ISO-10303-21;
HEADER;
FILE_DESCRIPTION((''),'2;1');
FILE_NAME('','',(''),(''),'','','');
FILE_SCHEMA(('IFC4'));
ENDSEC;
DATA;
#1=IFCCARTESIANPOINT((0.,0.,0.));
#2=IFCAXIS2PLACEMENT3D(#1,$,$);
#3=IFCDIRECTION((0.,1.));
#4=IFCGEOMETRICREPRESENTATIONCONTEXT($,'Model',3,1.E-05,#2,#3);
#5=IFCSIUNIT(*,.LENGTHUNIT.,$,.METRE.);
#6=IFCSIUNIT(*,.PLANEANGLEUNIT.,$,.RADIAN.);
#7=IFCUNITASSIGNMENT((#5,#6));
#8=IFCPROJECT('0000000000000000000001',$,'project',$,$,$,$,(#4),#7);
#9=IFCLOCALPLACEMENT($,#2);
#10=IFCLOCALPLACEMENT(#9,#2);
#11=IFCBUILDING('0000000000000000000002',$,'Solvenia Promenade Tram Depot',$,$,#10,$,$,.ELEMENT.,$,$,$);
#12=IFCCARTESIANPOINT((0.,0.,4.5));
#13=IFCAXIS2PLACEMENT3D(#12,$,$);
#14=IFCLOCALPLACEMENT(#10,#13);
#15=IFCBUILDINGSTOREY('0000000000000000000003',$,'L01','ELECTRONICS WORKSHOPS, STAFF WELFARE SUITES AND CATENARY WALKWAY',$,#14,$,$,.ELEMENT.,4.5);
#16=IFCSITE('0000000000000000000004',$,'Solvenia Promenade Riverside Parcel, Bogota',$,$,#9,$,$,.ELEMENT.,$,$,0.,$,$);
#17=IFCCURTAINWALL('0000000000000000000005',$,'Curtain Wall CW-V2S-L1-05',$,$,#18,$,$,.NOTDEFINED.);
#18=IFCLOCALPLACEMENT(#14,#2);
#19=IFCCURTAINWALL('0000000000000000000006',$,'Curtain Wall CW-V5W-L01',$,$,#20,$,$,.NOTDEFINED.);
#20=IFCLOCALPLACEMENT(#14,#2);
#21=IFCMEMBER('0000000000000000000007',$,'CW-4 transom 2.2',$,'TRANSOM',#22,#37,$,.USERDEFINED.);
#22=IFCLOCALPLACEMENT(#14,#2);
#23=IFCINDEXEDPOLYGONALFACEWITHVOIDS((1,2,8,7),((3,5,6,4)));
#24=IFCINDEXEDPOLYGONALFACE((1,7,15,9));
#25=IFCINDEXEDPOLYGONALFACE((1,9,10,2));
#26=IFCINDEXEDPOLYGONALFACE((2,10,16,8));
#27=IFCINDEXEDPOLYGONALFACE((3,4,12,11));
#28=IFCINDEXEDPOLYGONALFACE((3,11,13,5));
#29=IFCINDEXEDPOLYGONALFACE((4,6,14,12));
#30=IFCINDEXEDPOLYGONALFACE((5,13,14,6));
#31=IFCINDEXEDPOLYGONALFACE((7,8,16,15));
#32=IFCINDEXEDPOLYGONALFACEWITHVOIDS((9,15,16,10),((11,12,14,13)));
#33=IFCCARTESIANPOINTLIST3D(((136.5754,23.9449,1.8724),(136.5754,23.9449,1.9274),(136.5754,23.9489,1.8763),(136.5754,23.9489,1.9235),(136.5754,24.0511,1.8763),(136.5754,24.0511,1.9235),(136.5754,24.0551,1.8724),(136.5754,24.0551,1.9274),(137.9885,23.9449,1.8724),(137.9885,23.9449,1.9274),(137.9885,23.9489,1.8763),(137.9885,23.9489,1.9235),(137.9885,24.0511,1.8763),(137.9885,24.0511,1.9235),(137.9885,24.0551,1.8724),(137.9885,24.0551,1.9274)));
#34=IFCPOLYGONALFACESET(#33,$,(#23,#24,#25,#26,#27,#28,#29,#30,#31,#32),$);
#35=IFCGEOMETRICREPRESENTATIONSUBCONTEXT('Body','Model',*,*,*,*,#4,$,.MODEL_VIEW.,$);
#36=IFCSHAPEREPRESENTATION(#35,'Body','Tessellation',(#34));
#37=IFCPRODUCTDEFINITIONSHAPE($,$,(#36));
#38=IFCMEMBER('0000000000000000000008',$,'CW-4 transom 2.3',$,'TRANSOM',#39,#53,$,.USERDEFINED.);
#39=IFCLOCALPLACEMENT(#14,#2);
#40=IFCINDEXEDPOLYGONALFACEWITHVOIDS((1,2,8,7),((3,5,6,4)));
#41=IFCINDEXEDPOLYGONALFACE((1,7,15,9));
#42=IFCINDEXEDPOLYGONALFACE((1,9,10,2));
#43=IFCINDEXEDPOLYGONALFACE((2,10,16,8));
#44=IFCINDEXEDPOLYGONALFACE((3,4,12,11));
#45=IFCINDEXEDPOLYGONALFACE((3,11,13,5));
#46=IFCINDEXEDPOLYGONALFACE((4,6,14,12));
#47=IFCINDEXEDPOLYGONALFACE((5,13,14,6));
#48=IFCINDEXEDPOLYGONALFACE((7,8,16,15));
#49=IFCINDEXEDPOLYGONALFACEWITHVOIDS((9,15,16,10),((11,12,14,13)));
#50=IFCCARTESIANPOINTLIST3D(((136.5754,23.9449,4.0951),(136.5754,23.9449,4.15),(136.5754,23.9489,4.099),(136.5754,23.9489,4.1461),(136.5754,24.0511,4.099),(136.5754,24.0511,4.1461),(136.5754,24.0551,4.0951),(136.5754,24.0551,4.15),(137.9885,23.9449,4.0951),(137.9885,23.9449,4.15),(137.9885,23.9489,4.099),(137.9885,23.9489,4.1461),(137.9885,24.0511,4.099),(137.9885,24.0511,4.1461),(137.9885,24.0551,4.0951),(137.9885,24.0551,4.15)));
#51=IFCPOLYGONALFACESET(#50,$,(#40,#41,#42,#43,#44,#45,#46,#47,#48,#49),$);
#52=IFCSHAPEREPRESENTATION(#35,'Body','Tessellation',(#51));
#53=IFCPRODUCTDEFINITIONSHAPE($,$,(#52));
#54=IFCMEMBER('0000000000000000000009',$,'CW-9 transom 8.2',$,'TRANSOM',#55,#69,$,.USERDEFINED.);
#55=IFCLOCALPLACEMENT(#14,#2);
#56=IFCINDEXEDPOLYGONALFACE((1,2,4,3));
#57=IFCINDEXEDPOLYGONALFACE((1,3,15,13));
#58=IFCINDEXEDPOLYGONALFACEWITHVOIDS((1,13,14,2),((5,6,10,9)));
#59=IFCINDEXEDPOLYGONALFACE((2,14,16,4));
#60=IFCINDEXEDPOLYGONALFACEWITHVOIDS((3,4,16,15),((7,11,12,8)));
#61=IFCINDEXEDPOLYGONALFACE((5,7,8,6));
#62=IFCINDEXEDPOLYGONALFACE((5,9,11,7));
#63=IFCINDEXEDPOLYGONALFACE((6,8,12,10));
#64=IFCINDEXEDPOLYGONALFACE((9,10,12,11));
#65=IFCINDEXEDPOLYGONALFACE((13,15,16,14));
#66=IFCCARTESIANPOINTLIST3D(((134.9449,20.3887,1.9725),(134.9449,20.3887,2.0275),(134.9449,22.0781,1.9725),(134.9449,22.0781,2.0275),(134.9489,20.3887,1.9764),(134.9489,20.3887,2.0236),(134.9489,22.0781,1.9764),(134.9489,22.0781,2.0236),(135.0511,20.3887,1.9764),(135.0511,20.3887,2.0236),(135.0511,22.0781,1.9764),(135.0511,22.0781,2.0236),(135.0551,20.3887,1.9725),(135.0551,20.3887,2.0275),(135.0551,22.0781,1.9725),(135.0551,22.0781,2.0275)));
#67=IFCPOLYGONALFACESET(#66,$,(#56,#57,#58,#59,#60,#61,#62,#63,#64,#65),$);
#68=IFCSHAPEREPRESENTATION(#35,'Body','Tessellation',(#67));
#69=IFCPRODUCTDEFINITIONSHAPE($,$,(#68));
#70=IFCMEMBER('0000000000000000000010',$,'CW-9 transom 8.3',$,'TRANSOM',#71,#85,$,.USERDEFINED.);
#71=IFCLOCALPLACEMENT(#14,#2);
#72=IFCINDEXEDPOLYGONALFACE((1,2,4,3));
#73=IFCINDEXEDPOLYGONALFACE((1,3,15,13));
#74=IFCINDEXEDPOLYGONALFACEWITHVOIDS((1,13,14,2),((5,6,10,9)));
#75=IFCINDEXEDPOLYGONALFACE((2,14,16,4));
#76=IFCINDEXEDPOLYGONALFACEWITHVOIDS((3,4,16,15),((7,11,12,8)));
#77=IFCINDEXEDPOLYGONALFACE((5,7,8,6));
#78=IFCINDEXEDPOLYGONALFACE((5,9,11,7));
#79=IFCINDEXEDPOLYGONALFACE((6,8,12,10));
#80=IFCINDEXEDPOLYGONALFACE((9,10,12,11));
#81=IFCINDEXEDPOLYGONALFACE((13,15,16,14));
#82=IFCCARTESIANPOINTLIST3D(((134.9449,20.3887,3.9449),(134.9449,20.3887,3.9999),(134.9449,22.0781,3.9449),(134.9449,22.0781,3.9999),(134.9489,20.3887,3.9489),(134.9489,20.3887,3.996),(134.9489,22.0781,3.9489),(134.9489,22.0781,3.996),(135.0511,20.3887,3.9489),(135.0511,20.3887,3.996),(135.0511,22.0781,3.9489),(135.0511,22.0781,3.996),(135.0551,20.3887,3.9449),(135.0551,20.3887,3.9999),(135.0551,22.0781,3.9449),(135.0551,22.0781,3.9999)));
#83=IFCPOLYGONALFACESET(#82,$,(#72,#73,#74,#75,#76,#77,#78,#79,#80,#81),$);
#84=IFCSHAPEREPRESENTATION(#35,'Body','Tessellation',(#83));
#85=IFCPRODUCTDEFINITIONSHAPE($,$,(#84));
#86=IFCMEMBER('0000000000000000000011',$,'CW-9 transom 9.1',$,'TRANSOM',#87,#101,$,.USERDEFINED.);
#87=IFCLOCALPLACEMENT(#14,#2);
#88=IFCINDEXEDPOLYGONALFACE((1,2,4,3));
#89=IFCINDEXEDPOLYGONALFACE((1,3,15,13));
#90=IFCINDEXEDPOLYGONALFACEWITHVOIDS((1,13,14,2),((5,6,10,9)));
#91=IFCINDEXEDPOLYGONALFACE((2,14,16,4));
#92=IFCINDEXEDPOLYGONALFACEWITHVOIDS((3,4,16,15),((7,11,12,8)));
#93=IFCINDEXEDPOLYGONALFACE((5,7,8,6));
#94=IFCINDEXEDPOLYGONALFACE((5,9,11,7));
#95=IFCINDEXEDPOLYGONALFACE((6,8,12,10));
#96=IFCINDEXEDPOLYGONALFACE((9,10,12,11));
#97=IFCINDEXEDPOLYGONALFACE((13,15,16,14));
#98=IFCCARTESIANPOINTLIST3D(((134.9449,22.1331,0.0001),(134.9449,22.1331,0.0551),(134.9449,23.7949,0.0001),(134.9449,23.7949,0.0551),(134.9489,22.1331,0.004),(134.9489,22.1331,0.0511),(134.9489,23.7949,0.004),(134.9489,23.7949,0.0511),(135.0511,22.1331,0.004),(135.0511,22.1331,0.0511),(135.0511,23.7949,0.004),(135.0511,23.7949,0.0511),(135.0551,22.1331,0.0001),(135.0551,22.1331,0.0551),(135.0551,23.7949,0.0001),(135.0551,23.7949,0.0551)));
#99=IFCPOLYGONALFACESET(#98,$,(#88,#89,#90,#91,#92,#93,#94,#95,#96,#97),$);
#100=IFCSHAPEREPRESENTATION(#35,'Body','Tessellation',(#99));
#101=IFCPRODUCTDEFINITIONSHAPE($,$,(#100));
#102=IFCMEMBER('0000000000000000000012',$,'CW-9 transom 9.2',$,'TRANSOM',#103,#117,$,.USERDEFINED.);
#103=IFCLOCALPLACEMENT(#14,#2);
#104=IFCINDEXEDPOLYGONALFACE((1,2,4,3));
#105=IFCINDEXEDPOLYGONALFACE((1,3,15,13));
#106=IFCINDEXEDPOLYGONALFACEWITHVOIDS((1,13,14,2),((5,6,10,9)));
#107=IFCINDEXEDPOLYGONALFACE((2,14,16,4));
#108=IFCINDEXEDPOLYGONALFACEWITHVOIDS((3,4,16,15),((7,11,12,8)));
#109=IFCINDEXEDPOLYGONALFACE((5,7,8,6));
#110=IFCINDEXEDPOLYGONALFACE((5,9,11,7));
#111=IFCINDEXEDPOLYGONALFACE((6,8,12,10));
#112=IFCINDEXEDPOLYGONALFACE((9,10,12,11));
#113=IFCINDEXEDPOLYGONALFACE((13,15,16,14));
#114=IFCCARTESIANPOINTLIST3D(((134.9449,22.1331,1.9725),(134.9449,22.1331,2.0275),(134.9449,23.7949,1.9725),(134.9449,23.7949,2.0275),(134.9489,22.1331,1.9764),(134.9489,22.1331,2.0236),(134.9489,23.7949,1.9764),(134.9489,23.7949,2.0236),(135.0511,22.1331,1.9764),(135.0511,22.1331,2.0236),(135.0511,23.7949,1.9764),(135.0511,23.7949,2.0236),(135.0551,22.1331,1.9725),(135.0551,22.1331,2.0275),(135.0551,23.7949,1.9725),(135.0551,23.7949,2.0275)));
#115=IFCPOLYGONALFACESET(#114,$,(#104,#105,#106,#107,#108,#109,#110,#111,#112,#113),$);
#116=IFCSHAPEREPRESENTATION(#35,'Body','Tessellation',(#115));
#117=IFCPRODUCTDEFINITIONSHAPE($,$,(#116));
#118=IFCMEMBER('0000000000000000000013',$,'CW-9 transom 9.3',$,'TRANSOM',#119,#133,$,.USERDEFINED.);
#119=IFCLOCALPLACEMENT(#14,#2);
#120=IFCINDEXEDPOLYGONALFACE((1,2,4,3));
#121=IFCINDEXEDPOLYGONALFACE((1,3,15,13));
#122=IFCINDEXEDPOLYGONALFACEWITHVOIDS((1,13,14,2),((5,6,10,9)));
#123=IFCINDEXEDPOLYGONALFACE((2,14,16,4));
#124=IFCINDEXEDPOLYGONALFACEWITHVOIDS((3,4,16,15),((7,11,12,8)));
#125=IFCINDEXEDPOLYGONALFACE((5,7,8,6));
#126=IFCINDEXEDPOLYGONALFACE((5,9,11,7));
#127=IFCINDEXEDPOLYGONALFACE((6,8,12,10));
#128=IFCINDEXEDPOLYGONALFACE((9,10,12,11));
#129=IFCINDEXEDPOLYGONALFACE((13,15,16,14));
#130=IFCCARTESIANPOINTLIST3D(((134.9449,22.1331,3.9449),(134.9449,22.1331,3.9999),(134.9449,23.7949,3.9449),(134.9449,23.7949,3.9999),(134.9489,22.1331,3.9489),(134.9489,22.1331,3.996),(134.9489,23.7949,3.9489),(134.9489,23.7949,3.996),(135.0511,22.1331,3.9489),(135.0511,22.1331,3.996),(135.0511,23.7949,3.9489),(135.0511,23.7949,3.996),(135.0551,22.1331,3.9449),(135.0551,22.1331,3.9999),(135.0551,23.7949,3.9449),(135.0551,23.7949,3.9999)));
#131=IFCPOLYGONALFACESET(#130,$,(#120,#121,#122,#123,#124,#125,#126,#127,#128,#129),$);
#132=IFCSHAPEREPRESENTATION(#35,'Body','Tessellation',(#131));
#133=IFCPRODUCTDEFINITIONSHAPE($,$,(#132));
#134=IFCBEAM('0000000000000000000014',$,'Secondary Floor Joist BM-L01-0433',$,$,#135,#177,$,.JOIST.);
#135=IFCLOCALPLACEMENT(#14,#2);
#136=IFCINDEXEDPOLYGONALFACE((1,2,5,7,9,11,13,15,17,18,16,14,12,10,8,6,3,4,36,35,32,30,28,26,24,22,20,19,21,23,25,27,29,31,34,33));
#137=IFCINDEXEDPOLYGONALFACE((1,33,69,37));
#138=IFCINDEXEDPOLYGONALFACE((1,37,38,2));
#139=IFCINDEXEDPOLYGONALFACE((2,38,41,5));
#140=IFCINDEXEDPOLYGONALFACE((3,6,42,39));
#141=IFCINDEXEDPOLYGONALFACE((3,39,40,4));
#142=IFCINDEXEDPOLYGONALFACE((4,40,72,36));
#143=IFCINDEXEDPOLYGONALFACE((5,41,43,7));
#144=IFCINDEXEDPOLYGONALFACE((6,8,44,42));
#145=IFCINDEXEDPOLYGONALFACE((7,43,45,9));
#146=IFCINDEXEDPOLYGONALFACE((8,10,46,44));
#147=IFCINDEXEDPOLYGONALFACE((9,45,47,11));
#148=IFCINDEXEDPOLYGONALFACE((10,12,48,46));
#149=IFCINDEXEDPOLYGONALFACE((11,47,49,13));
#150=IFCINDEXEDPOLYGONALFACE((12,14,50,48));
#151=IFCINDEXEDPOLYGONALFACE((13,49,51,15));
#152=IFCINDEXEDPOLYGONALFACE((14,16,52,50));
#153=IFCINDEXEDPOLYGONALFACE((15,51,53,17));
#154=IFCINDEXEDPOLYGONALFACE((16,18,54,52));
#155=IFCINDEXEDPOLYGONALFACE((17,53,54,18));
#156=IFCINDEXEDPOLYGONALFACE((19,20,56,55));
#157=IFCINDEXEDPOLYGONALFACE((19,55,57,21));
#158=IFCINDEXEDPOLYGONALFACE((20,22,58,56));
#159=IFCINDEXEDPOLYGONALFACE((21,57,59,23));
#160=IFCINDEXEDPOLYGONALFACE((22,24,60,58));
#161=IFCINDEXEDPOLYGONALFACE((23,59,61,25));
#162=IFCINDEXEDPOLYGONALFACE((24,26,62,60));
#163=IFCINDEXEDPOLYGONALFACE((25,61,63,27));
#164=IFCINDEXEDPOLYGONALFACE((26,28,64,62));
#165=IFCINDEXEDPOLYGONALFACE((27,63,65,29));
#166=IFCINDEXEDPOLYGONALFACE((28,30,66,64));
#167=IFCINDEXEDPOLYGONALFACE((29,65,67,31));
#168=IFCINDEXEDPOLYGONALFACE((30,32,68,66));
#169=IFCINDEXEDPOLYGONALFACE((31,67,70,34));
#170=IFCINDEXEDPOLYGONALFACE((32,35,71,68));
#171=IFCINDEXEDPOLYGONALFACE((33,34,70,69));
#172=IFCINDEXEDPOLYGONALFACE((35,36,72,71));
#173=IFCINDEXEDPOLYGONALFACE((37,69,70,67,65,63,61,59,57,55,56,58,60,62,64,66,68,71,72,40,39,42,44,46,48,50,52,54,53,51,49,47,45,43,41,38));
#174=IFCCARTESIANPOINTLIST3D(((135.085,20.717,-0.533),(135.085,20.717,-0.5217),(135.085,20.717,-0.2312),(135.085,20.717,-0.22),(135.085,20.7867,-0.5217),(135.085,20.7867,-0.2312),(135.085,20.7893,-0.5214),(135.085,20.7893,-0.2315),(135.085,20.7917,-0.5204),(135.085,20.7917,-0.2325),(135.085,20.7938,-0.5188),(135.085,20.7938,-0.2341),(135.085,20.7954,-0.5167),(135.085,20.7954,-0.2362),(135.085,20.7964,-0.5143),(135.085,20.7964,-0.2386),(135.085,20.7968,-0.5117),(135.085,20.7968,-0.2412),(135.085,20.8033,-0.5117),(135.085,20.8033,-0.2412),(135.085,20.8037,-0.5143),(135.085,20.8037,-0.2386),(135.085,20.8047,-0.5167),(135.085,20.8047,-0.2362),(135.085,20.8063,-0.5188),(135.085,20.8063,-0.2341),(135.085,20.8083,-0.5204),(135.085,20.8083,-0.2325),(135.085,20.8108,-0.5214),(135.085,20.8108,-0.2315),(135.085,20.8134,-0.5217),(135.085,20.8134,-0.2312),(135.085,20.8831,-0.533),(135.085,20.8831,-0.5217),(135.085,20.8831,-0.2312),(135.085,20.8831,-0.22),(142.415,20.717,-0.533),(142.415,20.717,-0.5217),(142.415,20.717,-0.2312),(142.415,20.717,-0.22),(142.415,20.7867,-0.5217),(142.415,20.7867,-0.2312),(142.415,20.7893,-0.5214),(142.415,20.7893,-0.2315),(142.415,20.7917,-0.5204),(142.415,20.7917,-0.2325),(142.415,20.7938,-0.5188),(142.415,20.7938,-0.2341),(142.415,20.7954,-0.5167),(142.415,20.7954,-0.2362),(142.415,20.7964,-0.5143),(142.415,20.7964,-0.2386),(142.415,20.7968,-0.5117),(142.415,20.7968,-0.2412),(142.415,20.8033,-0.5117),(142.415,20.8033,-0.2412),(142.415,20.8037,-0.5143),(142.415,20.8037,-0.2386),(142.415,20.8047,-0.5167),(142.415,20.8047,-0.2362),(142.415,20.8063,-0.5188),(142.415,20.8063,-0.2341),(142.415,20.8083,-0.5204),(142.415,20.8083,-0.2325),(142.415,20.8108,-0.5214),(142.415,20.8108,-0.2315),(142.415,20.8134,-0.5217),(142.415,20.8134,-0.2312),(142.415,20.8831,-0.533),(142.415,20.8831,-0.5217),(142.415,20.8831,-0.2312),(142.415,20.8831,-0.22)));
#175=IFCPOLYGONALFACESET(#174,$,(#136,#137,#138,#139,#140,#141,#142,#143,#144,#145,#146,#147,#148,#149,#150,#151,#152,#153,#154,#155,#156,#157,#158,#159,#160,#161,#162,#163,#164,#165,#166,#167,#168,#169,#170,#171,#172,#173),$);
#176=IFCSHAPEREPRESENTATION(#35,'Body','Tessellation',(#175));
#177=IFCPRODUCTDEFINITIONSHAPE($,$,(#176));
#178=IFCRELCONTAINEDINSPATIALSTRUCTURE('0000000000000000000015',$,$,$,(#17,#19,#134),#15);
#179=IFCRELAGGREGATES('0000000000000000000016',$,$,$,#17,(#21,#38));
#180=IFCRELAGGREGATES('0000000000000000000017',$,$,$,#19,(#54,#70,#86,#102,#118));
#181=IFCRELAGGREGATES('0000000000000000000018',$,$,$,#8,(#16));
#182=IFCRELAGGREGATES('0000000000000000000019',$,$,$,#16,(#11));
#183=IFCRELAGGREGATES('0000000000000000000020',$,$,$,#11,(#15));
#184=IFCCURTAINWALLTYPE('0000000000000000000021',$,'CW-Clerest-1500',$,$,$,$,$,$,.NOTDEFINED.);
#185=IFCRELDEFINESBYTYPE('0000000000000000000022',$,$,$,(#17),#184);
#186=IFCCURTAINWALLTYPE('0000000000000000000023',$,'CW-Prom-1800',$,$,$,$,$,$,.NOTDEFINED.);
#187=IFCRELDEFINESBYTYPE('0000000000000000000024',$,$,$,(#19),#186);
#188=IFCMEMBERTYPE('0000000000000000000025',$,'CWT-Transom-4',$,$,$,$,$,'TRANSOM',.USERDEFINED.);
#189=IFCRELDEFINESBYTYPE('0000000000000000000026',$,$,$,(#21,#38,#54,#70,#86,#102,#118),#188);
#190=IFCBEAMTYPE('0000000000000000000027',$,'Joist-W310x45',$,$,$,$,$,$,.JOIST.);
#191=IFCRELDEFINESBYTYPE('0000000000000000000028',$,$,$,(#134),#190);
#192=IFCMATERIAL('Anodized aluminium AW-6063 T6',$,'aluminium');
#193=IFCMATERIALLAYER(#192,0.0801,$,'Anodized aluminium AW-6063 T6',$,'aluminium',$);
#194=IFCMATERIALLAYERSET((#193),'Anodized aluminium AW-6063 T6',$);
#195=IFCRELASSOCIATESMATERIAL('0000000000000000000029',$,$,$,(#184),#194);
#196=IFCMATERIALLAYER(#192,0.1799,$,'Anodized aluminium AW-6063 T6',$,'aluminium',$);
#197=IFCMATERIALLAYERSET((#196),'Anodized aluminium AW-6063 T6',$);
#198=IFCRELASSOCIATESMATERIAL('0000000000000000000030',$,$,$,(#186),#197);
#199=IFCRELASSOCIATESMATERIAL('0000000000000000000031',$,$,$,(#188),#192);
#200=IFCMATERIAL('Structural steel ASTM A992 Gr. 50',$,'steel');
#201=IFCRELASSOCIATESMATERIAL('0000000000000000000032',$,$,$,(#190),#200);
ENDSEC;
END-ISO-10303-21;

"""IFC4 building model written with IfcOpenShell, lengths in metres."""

from ifc_helpers import new_model, si_unit, direction, frame, origin, origin_2d, place, context, subcontext, project, spatial, hollow_rectangle, i_section, extrude, material, layer, layer_set, material_profile, profile_set, type_object, element, aggregate, save


model = new_model("IFC4")

# Units and contexts
model_context = context("Model", 3, precision=1e-05, world=origin(), true_north=direction((0.0, 1.0)))
body_context = subcontext(model_context, "Body", "Model", "MODEL_VIEW")
ifc_project = project(units=[si_unit("LENGTHUNIT", "METRE"), si_unit("PLANEANGLEUNIT", "RADIAN")], contexts=[model_context])

# Site, building, storey
site_placement = place(None, origin())
site = spatial("IfcSite", under=ifc_project, at=site_placement, Name="Solvenia Promenade Riverside Parcel, Bogota", CompositionType="ELEMENT", RefElevation=0.0)
building_placement = place(site_placement, origin())
building = spatial("IfcBuilding", under=site, at=building_placement, Name="Solvenia Promenade Tram Depot", CompositionType="ELEMENT")
storey_placement = place(building_placement, frame((0.0, 0.0, 4.5)))
storey = spatial("IfcBuildingStorey", under=building, at=storey_placement, Name="L01", Description="ELECTRONICS WORKSHOPS, STAFF WELFARE SUITES AND CATENARY WALKWAY", CompositionType="ELEMENT", Elevation=4.5)

# Shared definitions
ifc_material_1 = material(Name="Structural steel ASTM A992 Gr. 50", Category="steel")

# Curtain walls
ifc_material_2 = material(Name="Anodized aluminium AW-6063 T6", Category="aluminium")
ifc_layer_1 = layer(ifc_material_2, 0.0801, Name="Anodized aluminium AW-6063 T6", Category="aluminium")
ifc_layer_set_1 = layer_set([ifc_layer_1], Name="Anodized aluminium AW-6063 T6")
curtain_wall_type_1 = type_object("IfcCurtainWallType", Name="CW-Clerest-1500", PredefinedType="NOTDEFINED", material=ifc_layer_set_1)
curtain_wall_1_placement = place(storey_placement, origin())
curtain_wall_1 = element("IfcCurtainWall", 1, at=curtain_wall_1_placement, inside=storey, type_object=curtain_wall_type_1, Name="Curtain Wall CW-V2S-L1-05", PredefinedType="NOTDEFINED")
ifc_layer_2 = layer(ifc_material_2, 0.1799, Name="Anodized aluminium AW-6063 T6", Category="aluminium")
ifc_layer_set_2 = layer_set([ifc_layer_2], Name="Anodized aluminium AW-6063 T6")
curtain_wall_type_2 = type_object("IfcCurtainWallType", Name="CW-Prom-1800", PredefinedType="NOTDEFINED", material=ifc_layer_set_2)
curtain_wall_2_placement = place(storey_placement, origin())
curtain_wall_2 = element("IfcCurtainWall", 2, at=curtain_wall_2_placement, inside=storey, type_object=curtain_wall_type_2, Name="Curtain Wall CW-V5W-L01", PredefinedType="NOTDEFINED")

# Members
ifc_material_profile_1 = material_profile(ifc_material_2, hollow_rectangle(XDim=0.1101, YDim=0.0549, WallThickness=0.0039, at=origin_2d()), Name="ALU-T4", Category="aluminium")
ifc_profile_set_1 = profile_set([ifc_material_profile_1], Name="Anodized aluminium AW-6063 T6")
member_type_1 = type_object("IfcMemberType", Name="CWT-Transom-4", ElementType="TRANSOM", PredefinedType="USERDEFINED", material=ifc_profile_set_1)
member_1_placement = place(storey_placement, frame((136.5754, 24.0, 1.8999), z_axis=(1.0, 0.0, 0.0), x_axis=(0.0, 1.0, 0.0)))
member_1 = element("IfcMember", 3, at=member_1_placement, type_object=member_type_1, Name="CW-4 transom 2.2", ObjectType="TRANSOM", PredefinedType="USERDEFINED", context=body_context, shape_type="SweptSolid", body=[
    extrude(hollow_rectangle(XDim=0.1101, YDim=0.0549, WallThickness=0.0039, at=origin_2d()), origin(), (0.0, 0.0, 1.0), 1.4131),
])
member_2_placement = place(storey_placement, frame((136.5754, 24.0, 4.1226), z_axis=(1.0, 0.0, 0.0), x_axis=(0.0, 1.0, 0.0)))
member_2 = element("IfcMember", 4, at=member_2_placement, type_object=member_type_1, Name="CW-4 transom 2.3", ObjectType="TRANSOM", PredefinedType="USERDEFINED", context=body_context, shape_type="SweptSolid", body=[
    extrude(hollow_rectangle(XDim=0.1101, YDim=0.0549, WallThickness=0.0039, at=origin_2d()), origin(), (0.0, 0.0, 1.0), 1.4131),
])
member_3_placement = place(storey_placement, frame((135.0, 20.3887, 2.0), z_axis=(0.0, 1.0, 0.0), x_axis=(-1.0, 0.0, 0.0)))
member_3 = element("IfcMember", 5, at=member_3_placement, type_object=member_type_1, Name="CW-9 transom 8.2", ObjectType="TRANSOM", PredefinedType="USERDEFINED", context=body_context, shape_type="SweptSolid", body=[
    extrude(hollow_rectangle(XDim=0.1101, YDim=0.0549, WallThickness=0.0039, at=origin_2d()), origin(), (0.0, 0.0, 1.0), 1.6895),
])
member_4_placement = place(storey_placement, frame((135.0, 20.3887, 3.9724), z_axis=(0.0, 1.0, 0.0), x_axis=(-1.0, 0.0, 0.0)))
member_4 = element("IfcMember", 6, at=member_4_placement, type_object=member_type_1, Name="CW-9 transom 8.3", ObjectType="TRANSOM", PredefinedType="USERDEFINED", context=body_context, shape_type="SweptSolid", body=[
    extrude(hollow_rectangle(XDim=0.1101, YDim=0.0549, WallThickness=0.0039, at=origin_2d()), origin(), (0.0, 0.0, 1.0), 1.6895),
])
member_5_placement = place(storey_placement, frame((135.0, 22.1331, 0.0276), z_axis=(0.0, 1.0, 0.0), x_axis=(-1.0, 0.0, 0.0)))
member_5 = element("IfcMember", 7, at=member_5_placement, type_object=member_type_1, Name="CW-9 transom 9.1", ObjectType="TRANSOM", PredefinedType="USERDEFINED", context=body_context, shape_type="SweptSolid", body=[
    extrude(hollow_rectangle(XDim=0.1101, YDim=0.0549, WallThickness=0.0039, at=origin_2d()), origin(), (0.0, 0.0, 1.0), 1.6619),
])
member_6_placement = place(storey_placement, frame((135.0, 22.1331, 2.0), z_axis=(0.0, 1.0, 0.0), x_axis=(-1.0, 0.0, 0.0)))
member_6 = element("IfcMember", 8, at=member_6_placement, type_object=member_type_1, Name="CW-9 transom 9.2", ObjectType="TRANSOM", PredefinedType="USERDEFINED", context=body_context, shape_type="SweptSolid", body=[
    extrude(hollow_rectangle(XDim=0.1101, YDim=0.0549, WallThickness=0.0039, at=origin_2d()), origin(), (0.0, 0.0, 1.0), 1.6619),
])
member_7_placement = place(storey_placement, frame((135.0, 22.1331, 3.9724), z_axis=(0.0, 1.0, 0.0), x_axis=(-1.0, 0.0, 0.0)))
member_7 = element("IfcMember", 9, at=member_7_placement, type_object=member_type_1, Name="CW-9 transom 9.3", ObjectType="TRANSOM", PredefinedType="USERDEFINED", context=body_context, shape_type="SweptSolid", body=[
    extrude(hollow_rectangle(XDim=0.1101, YDim=0.0549, WallThickness=0.0039, at=origin_2d()), origin(), (0.0, 0.0, 1.0), 1.6619),
])

# Beam
ifc_material_profile_2 = material_profile(ifc_material_1, i_section(OverallWidth=0.166, OverallDepth=0.313, WebThickness=0.0066, FlangeThickness=0.0112, FilletRadius=0.01, at=origin_2d()), Name="W310x45", Category="steel")
ifc_profile_set_2 = profile_set([ifc_material_profile_2], Name="Structural steel ASTM A992 Gr. 50")
beam_type_1 = type_object("IfcBeamType", Name="Joist-W310x45", PredefinedType="JOIST", material=ifc_profile_set_2)
beam_1_placement = place(storey_placement, frame((135.085, 20.8, -0.3765), z_axis=(1.0, 0.0, 0.0), x_axis=(0.0, 1.0, 0.0)))
element("IfcBeam", 10, at=beam_1_placement, inside=storey, type_object=beam_type_1, Name="Secondary Floor Joist BM-L01-0433", PredefinedType="JOIST", context=body_context, shape_type="SweptSolid", body=[
    extrude(i_section(OverallWidth=0.166, OverallDepth=0.313, WebThickness=0.0066, FlangeThickness=0.0112, FilletRadius=0.01, at=origin_2d()), origin(), (0.0, 0.0, 1.0), 7.3301),
])

aggregate(curtain_wall_1, [member_1, member_2])
aggregate(curtain_wall_2, [member_3, member_4, member_5, member_6, member_7])

save(model, "model.ifc")
